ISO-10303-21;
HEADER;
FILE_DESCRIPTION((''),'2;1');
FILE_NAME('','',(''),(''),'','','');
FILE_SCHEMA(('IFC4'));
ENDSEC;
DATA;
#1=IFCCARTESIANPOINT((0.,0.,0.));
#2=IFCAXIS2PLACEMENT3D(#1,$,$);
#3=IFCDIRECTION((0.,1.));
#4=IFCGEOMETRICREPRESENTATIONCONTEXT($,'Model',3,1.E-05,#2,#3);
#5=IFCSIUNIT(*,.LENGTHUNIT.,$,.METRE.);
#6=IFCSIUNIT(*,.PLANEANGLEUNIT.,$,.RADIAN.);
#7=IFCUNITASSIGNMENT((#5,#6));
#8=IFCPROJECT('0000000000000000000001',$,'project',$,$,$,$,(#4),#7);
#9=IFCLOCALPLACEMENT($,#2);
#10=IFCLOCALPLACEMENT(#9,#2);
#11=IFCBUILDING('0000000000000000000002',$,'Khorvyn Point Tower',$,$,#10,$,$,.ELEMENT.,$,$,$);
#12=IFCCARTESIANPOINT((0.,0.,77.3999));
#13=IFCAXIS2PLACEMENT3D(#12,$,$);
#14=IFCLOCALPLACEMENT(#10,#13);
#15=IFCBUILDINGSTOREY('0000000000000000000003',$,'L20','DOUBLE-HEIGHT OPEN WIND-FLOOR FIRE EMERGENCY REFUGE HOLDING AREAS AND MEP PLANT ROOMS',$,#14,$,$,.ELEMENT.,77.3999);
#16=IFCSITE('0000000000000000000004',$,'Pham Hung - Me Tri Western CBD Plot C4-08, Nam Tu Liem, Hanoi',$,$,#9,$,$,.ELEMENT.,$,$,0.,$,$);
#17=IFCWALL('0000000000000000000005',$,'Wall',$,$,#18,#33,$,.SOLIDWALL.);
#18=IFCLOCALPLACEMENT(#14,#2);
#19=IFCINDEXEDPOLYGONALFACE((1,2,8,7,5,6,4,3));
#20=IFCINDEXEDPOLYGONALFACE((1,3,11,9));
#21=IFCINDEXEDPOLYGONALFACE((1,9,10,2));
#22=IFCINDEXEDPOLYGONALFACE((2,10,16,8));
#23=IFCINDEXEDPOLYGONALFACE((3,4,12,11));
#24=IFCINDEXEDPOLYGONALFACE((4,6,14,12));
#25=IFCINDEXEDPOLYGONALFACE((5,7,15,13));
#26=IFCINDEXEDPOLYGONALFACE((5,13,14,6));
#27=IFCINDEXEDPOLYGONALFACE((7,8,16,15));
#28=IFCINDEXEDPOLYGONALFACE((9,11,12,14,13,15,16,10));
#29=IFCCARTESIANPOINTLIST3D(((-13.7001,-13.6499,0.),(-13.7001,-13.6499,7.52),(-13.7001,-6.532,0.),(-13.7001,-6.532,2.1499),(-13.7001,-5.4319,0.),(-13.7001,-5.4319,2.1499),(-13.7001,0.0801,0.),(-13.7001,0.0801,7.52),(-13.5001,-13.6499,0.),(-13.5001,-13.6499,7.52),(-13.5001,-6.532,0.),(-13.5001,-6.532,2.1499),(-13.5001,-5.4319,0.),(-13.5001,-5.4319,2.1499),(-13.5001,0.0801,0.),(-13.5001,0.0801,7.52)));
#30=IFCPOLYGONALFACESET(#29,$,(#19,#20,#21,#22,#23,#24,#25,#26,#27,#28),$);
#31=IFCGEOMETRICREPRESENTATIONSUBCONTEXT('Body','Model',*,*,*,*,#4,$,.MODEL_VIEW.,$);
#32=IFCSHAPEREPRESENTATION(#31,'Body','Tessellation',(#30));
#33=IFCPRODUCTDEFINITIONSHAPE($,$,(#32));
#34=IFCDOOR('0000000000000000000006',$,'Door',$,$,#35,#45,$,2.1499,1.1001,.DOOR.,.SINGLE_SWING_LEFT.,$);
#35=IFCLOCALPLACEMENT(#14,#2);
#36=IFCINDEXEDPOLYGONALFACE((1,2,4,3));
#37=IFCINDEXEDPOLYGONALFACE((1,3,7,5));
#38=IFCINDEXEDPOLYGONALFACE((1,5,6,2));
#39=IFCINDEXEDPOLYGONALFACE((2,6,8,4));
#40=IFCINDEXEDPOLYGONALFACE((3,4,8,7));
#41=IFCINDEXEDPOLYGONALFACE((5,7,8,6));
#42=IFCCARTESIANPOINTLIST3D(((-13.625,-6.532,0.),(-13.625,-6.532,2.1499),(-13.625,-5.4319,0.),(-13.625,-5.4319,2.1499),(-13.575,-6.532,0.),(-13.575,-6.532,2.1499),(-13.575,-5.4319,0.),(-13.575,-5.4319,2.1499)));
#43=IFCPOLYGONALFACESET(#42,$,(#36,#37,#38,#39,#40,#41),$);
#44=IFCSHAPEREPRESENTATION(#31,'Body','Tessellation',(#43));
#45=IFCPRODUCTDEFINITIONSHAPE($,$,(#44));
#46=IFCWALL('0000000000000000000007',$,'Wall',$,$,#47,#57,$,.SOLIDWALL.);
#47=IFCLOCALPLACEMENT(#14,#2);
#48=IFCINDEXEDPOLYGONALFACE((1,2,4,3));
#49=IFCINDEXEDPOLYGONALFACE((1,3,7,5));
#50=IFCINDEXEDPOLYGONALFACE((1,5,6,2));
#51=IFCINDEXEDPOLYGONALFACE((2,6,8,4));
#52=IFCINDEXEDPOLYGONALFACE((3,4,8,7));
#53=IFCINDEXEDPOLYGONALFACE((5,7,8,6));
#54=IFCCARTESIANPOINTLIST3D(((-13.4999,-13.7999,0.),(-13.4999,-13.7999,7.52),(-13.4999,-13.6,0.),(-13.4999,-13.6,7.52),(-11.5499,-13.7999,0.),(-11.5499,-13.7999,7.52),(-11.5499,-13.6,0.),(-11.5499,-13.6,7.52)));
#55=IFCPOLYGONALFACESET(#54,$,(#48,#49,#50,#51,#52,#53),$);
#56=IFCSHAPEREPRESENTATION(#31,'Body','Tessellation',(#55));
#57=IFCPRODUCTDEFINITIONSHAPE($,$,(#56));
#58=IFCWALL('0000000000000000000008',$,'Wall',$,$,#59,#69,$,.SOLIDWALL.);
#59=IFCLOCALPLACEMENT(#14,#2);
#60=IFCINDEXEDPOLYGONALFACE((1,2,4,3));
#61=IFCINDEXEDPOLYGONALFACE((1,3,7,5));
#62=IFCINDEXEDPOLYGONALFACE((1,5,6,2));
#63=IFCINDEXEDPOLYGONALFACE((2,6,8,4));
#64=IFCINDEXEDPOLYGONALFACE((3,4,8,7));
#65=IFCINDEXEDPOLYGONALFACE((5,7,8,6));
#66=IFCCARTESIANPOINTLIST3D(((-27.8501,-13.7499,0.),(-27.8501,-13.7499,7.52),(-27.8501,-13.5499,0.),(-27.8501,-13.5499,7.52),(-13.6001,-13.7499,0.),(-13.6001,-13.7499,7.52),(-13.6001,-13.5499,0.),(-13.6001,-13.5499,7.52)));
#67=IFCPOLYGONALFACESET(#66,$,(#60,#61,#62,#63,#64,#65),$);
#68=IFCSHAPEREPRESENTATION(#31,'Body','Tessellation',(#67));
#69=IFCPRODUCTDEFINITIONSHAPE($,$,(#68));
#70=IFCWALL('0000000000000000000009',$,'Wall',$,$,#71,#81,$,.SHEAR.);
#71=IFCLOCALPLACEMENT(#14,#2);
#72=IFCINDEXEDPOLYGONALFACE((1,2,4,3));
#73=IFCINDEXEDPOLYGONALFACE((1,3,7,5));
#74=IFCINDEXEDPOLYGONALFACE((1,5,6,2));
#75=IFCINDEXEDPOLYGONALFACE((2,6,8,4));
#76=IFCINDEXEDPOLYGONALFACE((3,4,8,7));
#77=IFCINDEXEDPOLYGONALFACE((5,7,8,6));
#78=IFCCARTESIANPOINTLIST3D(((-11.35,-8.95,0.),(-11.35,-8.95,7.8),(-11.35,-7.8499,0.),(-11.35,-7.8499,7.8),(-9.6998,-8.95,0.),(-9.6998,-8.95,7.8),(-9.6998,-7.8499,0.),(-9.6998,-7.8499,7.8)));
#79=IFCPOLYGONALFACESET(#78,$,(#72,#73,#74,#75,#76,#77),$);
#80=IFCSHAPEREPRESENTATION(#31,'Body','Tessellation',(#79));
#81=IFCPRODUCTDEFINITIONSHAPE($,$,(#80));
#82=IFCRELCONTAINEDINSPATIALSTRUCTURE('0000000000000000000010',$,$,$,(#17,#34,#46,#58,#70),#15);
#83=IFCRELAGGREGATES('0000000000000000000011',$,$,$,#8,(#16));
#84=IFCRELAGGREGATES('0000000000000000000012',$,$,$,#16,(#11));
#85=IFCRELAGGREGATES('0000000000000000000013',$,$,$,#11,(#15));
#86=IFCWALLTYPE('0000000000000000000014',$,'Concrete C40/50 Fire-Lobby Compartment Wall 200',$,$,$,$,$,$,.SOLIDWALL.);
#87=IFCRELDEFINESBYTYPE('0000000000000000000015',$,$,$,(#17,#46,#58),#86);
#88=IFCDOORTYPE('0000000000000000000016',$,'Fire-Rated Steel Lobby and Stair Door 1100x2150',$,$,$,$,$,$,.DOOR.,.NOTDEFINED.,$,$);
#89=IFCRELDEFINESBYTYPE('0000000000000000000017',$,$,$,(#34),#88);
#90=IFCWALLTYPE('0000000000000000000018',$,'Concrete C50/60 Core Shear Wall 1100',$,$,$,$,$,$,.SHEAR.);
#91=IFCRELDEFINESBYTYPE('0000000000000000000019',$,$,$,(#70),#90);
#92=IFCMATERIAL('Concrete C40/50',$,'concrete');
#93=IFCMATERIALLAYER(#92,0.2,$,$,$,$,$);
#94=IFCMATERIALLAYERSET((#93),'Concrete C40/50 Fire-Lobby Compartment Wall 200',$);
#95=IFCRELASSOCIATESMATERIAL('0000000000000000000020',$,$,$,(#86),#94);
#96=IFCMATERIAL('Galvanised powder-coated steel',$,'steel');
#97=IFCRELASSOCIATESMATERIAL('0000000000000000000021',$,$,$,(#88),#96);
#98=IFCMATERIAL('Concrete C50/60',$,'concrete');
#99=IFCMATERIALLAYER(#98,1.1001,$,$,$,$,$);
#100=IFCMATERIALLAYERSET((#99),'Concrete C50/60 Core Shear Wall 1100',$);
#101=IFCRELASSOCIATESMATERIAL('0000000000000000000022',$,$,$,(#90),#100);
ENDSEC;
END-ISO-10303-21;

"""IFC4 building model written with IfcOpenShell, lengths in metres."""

from ifc_helpers import new_model, si_unit, direction, frame, frame_2d, origin, place, context, subcontext, project, spatial, rectangle, extrude, material, layer, layer_set, type_object, element, fill, save


model = new_model("IFC4")

# Units and contexts
model_context = context("Model", 3, precision=1e-05, world=origin(), true_north=direction((0.0, 1.0)))
body_context = subcontext(model_context, "Body", "Model", "MODEL_VIEW")
ifc_project = project(units=[si_unit("LENGTHUNIT", "METRE"), si_unit("PLANEANGLEUNIT", "RADIAN")], contexts=[model_context])

# Site, building, storey
site_placement = place(None, origin())
site = spatial("IfcSite", under=ifc_project, at=site_placement, Name="Pham Hung - Me Tri Western CBD Plot C4-08, Nam Tu Liem, Hanoi", CompositionType="ELEMENT", RefElevation=0.0)
building_placement = place(site_placement, origin())
building = spatial("IfcBuilding", under=site, at=building_placement, Name="Khorvyn Point Tower", CompositionType="ELEMENT")
storey_placement = place(building_placement, frame((0.0, 0.0, 77.3999)))
storey = spatial("IfcBuildingStorey", under=building, at=storey_placement, Name="L20", Description="DOUBLE-HEIGHT OPEN WIND-FLOOR FIRE EMERGENCY REFUGE HOLDING AREAS AND MEP PLANT ROOMS", CompositionType="ELEMENT", Elevation=77.3999)

# Shared definitions
ifc_material_1 = material(Name="Concrete C50/60", Category="concrete")

# Wall, opening, door
ifc_material_2 = material(Name="Concrete C40/50", Category="concrete")
ifc_layer_1 = layer(ifc_material_2, 0.2)
ifc_layer_set_1 = layer_set([ifc_layer_1], Name="Concrete C40/50 Fire-Lobby Compartment Wall 200")
wall_type_1 = type_object("IfcWallType", Name="Concrete C40/50 Fire-Lobby Compartment Wall 200", PredefinedType="SOLIDWALL", material=ifc_layer_set_1)
ifc_material_3 = material(Name="Galvanised powder-coated steel", Category="steel")
wall_1_placement = place(storey_placement, frame((-13.6001, -13.6499, 0.0), z_axis=(0.0, 0.0, 1.0), x_axis=(0.0, 1.0, 0.0)))
wall_1 = element("IfcWall", 1, at=wall_1_placement, inside=storey, type_object=wall_type_1, Name="Wall", PredefinedType="SOLIDWALL", context=body_context, shape_type="SweptSolid", body=[
    extrude(rectangle(XDim=13.73, YDim=0.2, at=frame_2d((6.865, 0.0))), origin(), (0.0, 0.0, 1.0), 7.52),
])
opening_1_placement = place(wall_1_placement, frame((7.1179, 0.0, 0.0)))
opening_1 = element("IfcOpeningElement", 2, at=opening_1_placement, cuts=wall_1, PredefinedType="OPENING", context=body_context, shape_type="SweptSolid", body=[
    extrude(rectangle(XDim=1.1001, YDim=2.1499, at=frame_2d((0.55, 1.075))), frame((0.0, 0.1099, 0.0), z_axis=(0.0, -1.0, 0.0), x_axis=(1.0, 0.0, 0.0)), (0.0, 0.0, 1.0), 0.22),
])
door_type_1 = type_object("IfcDoorType", Name="Fire-Rated Steel Lobby and Stair Door 1100x2150", OperationType="NOTDEFINED", PredefinedType="DOOR", material=ifc_material_3)
door_1_placement = place(opening_1_placement, origin())
door_1 = element("IfcDoor", 3, at=door_1_placement, inside=storey, type_object=door_type_1, Name="Door", OperationType="SINGLE_SWING_LEFT", OverallHeight=2.1499, OverallWidth=1.1001, PredefinedType="DOOR", context=body_context, shape_type="SweptSolid", body=[
    extrude(rectangle(XDim=1.1001, YDim=2.1499, at=frame_2d((0.55, 1.075))), frame((0.0, 0.0249, 0.0), z_axis=(0.0, -1.0, 0.0), x_axis=(1.0, 0.0, 0.0)), (0.0, 0.0, 1.0), 0.05),
])
fill(opening_1, door_1)

# Walls
wall_2_placement = place(storey_placement, frame((-13.5, -13.7, 0.0), z_axis=(0.0, 0.0, 1.0), x_axis=(1.0, 0.0, 0.0)))
element("IfcWall", 4, at=wall_2_placement, inside=storey, type_object=wall_type_1, Name="Wall", PredefinedType="SOLIDWALL", context=body_context, shape_type="SweptSolid", body=[
    extrude(rectangle(XDim=1.95, YDim=0.2, at=frame_2d((0.9751, 0.0))), origin(), (0.0, 0.0, 1.0), 7.52),
])
wall_3_placement = place(storey_placement, frame((-27.8501, -13.6499, 0.0), z_axis=(0.0, 0.0, 1.0), x_axis=(1.0, 0.0, 0.0)))
element("IfcWall", 5, at=wall_3_placement, inside=storey, type_object=wall_type_1, Name="Wall", PredefinedType="SOLIDWALL", context=body_context, shape_type="SweptSolid", body=[
    extrude(rectangle(XDim=14.25, YDim=0.2, at=frame_2d((7.125, 0.0))), origin(), (0.0, 0.0, 1.0), 7.52),
])
ifc_layer_2 = layer(ifc_material_1, 1.1001)
ifc_layer_set_2 = layer_set([ifc_layer_2], Name="Concrete C50/60 Core Shear Wall 1100")
wall_type_2 = type_object("IfcWallType", Name="Concrete C50/60 Core Shear Wall 1100", PredefinedType="SHEAR", material=ifc_layer_set_2)
wall_4_placement = place(storey_placement, frame((-11.3501, -8.3999, 0.0), z_axis=(0.0, 0.0, 1.0), x_axis=(1.0, 0.0, 0.0)))
element("IfcWall", 6, at=wall_4_placement, inside=storey, type_object=wall_type_2, Name="Wall", PredefinedType="SHEAR", context=body_context, shape_type="SweptSolid", body=[
    extrude(rectangle(XDim=1.6501, YDim=1.1001, at=frame_2d((0.8252, 0.0))), origin(), (0.0, 0.0, 1.0), 7.8),
])

save(model, "model.ifc")
